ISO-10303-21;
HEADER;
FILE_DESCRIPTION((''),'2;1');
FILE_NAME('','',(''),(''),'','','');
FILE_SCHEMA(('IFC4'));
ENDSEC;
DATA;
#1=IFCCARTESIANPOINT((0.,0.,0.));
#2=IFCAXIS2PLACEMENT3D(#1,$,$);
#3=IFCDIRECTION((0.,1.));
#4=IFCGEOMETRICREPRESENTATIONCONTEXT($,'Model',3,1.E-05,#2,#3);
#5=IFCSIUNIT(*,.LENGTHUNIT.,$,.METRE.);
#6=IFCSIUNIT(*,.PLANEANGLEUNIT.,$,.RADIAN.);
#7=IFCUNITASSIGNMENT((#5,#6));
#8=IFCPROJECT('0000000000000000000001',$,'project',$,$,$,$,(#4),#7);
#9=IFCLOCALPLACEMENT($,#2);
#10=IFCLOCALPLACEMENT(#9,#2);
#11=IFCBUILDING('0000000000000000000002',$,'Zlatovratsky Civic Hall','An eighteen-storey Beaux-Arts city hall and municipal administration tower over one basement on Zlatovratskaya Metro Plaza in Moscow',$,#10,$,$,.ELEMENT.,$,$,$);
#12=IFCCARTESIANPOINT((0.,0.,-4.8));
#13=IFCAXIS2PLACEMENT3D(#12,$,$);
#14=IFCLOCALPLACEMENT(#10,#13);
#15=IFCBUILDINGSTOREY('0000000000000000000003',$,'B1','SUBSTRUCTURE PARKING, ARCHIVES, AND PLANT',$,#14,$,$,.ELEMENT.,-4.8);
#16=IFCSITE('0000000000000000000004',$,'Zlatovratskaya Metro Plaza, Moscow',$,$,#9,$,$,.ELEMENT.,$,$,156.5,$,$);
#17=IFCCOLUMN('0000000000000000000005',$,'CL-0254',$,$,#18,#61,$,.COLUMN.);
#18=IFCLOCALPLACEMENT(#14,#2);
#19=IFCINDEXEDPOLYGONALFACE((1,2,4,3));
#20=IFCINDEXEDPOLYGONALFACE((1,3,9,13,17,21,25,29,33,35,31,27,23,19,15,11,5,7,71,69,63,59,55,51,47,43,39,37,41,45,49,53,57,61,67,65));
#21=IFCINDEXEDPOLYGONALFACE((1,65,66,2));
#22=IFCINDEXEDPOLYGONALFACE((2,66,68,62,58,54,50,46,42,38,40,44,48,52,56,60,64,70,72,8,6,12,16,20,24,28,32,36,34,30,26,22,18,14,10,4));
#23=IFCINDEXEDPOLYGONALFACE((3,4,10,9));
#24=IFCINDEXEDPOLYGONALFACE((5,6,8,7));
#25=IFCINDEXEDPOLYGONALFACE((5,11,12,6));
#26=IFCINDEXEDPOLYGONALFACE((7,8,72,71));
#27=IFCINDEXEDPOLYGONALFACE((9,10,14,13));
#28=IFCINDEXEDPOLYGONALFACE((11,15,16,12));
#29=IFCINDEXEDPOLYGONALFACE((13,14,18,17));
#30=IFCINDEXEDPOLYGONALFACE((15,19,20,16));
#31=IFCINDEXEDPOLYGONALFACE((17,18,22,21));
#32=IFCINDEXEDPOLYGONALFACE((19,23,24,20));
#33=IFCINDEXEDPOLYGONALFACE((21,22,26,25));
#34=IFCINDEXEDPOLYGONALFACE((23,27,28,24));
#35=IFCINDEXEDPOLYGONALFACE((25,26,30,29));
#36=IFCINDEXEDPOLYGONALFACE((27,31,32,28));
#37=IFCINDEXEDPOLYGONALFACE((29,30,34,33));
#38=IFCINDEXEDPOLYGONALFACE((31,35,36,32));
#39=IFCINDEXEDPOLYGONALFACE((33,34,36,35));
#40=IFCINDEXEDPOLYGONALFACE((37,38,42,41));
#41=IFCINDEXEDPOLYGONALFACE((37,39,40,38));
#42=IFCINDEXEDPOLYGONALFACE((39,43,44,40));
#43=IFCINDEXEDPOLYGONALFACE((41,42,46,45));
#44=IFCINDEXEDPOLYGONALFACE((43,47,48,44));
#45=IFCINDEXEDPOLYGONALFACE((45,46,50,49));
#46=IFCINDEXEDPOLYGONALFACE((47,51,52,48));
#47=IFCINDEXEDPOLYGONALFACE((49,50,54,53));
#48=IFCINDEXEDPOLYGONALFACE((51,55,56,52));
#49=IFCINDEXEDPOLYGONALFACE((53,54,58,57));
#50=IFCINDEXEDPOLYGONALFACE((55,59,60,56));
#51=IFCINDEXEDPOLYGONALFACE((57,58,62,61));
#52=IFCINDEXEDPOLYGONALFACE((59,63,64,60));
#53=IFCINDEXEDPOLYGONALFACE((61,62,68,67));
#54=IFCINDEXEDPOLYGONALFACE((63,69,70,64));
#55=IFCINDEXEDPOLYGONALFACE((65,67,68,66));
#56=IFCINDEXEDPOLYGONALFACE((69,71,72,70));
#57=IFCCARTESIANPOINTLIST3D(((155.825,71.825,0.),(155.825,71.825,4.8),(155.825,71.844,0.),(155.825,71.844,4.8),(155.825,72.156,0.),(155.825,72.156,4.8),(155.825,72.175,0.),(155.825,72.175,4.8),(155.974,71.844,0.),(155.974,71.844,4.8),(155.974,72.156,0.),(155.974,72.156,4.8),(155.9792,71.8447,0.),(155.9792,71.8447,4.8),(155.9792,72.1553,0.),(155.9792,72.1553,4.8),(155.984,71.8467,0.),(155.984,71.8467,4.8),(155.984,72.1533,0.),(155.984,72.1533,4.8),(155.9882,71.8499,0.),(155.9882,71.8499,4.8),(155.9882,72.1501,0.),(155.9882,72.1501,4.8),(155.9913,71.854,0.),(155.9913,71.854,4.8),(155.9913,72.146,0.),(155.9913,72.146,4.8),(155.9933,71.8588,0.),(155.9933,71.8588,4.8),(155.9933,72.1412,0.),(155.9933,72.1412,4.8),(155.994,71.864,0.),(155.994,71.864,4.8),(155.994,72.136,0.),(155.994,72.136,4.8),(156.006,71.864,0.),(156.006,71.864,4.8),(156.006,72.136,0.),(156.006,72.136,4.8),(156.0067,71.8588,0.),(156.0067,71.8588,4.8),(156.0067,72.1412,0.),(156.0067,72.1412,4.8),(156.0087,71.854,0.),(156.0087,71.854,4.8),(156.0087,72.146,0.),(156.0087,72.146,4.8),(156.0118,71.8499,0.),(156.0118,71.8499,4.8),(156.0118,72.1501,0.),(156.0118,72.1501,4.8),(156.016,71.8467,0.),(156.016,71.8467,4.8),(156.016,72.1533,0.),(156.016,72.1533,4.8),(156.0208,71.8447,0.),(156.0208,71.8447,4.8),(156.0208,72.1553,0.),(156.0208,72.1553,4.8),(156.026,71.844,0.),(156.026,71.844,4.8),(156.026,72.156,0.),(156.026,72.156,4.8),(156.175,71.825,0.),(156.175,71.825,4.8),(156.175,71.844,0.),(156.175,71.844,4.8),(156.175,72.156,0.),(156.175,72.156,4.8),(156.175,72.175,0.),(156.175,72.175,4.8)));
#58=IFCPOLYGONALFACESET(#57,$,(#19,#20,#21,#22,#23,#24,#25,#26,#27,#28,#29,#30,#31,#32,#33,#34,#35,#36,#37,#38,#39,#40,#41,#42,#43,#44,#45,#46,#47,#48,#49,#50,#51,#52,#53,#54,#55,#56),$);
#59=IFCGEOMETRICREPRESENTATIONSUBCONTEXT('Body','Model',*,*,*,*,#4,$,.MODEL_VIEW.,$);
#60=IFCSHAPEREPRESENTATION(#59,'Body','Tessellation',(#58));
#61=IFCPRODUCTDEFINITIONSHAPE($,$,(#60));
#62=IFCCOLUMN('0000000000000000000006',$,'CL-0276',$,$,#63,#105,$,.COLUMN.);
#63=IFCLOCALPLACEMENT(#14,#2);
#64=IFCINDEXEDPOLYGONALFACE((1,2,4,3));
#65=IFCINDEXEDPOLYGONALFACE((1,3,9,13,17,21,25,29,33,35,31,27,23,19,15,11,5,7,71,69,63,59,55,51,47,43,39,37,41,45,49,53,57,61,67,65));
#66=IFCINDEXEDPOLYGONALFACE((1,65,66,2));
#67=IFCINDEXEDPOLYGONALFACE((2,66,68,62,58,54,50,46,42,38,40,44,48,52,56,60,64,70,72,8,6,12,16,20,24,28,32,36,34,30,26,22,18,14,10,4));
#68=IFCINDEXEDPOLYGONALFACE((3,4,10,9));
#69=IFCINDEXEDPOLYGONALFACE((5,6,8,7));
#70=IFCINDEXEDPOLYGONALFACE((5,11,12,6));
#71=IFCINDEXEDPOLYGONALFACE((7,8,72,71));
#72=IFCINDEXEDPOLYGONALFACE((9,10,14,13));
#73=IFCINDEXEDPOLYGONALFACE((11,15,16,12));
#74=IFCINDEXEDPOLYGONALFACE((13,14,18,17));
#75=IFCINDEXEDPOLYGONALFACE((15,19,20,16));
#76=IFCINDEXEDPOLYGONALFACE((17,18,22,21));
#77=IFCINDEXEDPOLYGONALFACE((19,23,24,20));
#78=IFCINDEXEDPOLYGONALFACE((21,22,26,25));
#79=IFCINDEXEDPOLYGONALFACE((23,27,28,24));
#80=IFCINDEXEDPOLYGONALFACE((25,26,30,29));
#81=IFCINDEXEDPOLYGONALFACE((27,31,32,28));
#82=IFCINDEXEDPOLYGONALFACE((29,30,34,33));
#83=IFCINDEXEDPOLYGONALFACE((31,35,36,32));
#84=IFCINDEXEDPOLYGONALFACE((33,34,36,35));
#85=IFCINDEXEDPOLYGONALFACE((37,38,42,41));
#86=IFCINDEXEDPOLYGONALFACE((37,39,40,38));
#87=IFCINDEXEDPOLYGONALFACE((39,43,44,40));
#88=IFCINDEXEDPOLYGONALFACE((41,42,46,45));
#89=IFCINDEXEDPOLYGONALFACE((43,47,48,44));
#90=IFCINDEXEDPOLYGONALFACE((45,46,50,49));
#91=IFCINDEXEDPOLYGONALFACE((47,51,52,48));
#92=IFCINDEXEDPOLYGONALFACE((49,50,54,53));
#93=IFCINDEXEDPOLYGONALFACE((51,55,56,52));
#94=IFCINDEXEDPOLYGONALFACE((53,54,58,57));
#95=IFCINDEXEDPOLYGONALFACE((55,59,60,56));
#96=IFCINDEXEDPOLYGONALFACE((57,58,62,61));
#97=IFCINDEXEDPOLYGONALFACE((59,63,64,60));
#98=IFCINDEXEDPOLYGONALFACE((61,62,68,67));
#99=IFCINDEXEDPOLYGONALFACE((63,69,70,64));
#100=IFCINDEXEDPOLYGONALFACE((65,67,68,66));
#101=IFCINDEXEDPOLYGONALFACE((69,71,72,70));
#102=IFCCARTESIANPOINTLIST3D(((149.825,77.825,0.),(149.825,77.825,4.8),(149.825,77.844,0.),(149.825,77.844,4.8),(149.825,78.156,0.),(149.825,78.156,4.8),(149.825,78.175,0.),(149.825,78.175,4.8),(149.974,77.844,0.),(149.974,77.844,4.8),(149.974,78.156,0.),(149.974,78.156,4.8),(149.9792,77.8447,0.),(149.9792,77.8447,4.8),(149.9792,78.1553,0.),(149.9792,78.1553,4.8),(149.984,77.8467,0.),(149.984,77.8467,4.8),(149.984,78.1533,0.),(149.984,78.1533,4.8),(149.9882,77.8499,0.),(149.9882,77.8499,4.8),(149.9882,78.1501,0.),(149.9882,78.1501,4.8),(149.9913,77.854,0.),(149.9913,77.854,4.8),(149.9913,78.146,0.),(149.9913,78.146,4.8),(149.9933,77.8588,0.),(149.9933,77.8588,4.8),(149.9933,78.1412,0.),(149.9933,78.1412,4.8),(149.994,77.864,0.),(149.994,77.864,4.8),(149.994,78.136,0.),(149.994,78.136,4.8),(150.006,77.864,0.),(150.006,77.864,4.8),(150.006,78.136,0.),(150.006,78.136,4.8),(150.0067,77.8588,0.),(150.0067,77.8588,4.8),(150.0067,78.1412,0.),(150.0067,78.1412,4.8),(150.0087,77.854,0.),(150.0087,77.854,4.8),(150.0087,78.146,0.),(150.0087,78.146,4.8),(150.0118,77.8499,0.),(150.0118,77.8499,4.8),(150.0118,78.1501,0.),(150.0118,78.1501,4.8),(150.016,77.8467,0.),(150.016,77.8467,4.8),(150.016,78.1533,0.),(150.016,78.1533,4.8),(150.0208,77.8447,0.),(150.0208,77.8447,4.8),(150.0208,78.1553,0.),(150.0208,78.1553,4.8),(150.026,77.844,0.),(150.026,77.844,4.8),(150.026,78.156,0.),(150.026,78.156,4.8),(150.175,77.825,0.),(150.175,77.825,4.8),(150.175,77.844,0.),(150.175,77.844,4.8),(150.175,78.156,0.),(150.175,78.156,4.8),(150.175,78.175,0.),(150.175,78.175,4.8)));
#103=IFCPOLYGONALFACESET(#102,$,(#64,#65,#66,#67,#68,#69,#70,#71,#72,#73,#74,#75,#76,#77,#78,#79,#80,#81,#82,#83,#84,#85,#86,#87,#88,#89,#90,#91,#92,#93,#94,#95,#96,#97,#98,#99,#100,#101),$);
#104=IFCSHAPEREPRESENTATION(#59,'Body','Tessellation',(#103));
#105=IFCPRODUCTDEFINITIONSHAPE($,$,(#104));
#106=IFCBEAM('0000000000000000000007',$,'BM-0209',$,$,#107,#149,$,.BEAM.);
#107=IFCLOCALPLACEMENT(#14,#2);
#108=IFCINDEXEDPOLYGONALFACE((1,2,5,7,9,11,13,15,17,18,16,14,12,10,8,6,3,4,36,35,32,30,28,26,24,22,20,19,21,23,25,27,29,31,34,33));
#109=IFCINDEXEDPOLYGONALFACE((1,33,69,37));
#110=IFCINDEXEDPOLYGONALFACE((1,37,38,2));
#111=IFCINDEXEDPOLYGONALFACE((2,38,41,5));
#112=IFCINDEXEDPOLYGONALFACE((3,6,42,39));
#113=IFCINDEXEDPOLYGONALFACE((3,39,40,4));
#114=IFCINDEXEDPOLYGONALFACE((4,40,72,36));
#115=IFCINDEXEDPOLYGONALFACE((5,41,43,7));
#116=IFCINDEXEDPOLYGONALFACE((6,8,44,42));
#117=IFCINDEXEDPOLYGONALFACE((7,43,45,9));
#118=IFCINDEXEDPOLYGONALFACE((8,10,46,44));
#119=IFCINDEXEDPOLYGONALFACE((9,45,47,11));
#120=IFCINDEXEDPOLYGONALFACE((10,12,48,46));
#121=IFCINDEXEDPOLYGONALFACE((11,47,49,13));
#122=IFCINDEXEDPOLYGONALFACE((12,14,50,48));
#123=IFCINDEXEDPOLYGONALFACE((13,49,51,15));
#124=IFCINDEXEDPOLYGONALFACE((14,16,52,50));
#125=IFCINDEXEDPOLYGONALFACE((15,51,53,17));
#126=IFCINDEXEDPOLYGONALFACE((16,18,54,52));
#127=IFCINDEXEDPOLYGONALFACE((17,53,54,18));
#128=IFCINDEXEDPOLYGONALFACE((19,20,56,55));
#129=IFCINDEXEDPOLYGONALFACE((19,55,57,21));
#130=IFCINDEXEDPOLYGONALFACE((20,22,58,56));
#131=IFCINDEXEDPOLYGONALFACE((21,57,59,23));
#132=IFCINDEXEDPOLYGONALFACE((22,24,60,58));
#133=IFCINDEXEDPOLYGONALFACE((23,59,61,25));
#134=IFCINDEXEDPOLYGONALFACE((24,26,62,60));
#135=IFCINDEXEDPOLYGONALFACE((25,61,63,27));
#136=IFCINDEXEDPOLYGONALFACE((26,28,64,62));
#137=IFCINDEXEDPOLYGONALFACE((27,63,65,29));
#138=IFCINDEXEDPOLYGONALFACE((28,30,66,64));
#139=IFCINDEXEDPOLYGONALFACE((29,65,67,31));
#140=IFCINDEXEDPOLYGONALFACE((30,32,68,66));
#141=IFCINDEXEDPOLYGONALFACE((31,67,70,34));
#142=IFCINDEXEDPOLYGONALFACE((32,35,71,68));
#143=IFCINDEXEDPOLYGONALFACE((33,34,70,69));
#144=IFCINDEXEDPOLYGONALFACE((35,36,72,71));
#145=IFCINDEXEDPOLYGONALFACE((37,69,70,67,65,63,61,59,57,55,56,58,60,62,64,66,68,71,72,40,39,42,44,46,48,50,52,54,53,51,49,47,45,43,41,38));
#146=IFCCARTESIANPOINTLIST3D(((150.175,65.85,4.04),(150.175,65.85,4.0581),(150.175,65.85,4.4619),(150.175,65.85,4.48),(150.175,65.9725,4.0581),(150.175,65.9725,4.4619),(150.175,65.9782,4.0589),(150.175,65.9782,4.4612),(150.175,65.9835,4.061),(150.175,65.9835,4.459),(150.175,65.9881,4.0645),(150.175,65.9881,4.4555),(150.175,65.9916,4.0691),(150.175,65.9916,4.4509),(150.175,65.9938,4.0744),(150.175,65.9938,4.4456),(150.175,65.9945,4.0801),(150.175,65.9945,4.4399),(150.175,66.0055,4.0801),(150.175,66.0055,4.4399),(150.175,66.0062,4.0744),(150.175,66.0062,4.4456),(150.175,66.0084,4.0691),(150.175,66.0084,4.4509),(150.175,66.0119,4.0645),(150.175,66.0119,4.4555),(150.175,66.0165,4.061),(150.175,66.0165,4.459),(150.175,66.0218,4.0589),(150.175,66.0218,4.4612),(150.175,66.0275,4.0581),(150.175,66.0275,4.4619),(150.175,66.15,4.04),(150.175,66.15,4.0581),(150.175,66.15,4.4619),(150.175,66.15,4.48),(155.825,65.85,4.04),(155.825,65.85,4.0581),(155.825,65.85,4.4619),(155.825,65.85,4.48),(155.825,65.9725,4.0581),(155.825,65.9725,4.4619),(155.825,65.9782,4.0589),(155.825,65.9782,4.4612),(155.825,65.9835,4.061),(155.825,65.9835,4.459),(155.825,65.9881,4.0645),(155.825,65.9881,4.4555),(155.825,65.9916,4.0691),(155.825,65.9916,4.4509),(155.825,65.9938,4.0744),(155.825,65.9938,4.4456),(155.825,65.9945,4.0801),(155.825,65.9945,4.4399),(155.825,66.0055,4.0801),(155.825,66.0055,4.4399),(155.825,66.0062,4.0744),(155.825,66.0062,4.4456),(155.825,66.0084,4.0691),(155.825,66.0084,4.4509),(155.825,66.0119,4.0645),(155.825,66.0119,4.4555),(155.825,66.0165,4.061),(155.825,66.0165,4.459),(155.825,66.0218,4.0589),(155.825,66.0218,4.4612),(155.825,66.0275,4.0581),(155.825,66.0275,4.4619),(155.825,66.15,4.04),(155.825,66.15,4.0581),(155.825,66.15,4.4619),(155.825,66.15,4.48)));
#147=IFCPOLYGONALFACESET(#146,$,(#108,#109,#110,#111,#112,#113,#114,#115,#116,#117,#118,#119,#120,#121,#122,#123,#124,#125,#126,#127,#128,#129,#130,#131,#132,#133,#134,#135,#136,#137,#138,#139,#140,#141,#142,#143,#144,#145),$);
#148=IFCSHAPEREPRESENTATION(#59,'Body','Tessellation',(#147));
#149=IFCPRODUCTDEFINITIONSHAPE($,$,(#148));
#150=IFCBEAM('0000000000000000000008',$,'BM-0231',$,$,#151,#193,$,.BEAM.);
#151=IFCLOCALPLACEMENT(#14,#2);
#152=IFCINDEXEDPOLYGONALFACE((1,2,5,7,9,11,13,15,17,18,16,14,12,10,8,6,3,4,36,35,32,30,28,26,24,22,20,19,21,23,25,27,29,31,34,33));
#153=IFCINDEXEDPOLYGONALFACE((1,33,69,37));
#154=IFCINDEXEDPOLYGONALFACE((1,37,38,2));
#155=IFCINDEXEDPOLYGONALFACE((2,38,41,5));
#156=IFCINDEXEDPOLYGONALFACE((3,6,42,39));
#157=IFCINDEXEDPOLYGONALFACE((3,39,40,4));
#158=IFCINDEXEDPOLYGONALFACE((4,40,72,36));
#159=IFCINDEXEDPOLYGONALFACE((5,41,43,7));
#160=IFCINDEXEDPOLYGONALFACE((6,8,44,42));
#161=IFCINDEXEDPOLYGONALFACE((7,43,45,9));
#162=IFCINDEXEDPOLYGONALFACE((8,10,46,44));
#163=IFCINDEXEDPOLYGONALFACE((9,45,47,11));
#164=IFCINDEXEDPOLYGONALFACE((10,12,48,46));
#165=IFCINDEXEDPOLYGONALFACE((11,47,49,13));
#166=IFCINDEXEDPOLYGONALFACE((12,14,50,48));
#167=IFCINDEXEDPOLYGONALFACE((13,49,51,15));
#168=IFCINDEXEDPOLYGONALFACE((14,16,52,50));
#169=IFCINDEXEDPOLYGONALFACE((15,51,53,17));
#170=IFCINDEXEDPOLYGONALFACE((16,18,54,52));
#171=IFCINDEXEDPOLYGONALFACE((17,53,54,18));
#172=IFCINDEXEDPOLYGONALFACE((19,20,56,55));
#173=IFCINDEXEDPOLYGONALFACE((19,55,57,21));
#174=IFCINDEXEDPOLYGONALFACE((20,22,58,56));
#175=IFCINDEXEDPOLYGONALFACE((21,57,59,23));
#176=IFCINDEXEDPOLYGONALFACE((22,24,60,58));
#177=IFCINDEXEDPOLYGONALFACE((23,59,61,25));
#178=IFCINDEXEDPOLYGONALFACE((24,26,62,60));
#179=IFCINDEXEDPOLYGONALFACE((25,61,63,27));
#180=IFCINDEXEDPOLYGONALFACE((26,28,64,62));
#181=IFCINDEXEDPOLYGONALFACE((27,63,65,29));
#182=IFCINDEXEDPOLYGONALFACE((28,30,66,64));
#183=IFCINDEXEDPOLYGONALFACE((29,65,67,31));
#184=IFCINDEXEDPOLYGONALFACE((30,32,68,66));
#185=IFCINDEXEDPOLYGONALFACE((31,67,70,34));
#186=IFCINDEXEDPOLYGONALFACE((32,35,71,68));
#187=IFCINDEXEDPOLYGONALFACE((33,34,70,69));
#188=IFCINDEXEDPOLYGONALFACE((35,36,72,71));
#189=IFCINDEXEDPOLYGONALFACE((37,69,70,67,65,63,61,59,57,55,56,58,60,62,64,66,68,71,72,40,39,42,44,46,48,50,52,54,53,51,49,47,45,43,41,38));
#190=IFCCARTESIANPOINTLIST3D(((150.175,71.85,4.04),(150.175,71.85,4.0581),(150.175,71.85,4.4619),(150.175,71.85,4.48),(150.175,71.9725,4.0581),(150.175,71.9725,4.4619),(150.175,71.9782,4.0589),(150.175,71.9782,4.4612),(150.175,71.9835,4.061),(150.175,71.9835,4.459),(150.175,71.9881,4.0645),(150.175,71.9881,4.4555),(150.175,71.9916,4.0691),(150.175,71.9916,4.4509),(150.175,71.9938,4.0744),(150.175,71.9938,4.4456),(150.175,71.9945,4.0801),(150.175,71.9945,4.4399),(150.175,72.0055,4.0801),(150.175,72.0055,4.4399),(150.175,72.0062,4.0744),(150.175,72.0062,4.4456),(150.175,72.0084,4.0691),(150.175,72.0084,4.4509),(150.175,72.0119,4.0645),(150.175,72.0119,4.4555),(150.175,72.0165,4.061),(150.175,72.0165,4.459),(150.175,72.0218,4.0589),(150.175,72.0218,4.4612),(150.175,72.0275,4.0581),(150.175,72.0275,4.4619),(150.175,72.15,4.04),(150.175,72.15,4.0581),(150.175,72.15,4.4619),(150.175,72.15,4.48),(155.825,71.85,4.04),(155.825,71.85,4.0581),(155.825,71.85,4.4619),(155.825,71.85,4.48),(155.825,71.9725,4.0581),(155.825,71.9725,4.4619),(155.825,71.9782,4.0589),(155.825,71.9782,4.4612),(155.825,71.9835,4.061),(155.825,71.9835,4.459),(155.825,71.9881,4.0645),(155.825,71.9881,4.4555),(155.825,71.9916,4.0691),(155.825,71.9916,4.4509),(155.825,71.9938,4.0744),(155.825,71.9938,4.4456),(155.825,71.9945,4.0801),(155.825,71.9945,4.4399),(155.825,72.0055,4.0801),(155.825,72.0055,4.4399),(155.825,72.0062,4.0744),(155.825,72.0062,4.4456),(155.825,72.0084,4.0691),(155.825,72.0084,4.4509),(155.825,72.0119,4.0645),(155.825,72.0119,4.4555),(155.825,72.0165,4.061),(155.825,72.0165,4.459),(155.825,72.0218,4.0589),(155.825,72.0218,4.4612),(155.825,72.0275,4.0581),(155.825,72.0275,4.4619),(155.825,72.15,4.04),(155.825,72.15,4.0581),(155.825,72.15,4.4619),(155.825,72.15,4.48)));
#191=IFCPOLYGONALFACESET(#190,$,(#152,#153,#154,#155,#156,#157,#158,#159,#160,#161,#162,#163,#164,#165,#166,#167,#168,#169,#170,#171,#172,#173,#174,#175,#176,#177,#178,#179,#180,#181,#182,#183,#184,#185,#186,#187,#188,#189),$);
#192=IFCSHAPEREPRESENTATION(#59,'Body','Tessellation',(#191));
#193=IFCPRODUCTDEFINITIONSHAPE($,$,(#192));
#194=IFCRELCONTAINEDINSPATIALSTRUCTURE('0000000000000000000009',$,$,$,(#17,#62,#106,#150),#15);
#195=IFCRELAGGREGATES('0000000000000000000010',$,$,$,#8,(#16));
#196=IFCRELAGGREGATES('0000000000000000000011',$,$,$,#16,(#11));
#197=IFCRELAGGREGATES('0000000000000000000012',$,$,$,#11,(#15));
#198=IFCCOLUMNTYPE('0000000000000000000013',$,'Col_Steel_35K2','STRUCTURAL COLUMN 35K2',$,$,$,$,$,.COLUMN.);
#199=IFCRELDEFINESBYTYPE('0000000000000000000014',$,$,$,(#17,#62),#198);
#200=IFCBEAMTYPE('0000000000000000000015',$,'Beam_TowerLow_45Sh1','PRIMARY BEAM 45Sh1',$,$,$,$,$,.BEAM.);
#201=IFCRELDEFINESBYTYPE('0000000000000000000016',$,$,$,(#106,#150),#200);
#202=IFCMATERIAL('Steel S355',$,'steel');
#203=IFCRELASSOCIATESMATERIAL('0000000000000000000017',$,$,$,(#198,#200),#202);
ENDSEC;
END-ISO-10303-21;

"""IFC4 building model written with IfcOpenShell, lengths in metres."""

from ifc_helpers import new_model, si_unit, direction, frame, origin, origin_2d, place, context, subcontext, project, spatial, i_section, extrude, material, material_profile, profile_set, type_object, element, save


model = new_model("IFC4")

# Units and contexts
model_context = context("Model", 3, precision=1e-05, world=origin(), true_north=direction((0.0, 1.0)))
body_context = subcontext(model_context, "Body", "Model", "MODEL_VIEW")
ifc_project = project(units=[si_unit("LENGTHUNIT", "METRE"), si_unit("PLANEANGLEUNIT", "RADIAN")], contexts=[model_context])

# Site, building, storey
site_placement = place(None, origin())
site = spatial("IfcSite", under=ifc_project, at=site_placement, Name="Zlatovratskaya Metro Plaza, Moscow", CompositionType="ELEMENT", RefElevation=156.5)
building_placement = place(site_placement, origin())
building = spatial("IfcBuilding", under=site, at=building_placement, Name="Zlatovratsky Civic Hall", Description="An eighteen-storey Beaux-Arts city hall and municipal administration tower over one basement on Zlatovratskaya Metro Plaza in Moscow", CompositionType="ELEMENT")
storey_placement = place(building_placement, frame((0.0, 0.0, -4.8)))
storey = spatial("IfcBuildingStorey", under=building, at=storey_placement, Name="B1", Description="SUBSTRUCTURE PARKING, ARCHIVES, AND PLANT", CompositionType="ELEMENT", Elevation=-4.8)

# Columns
ifc_material_1 = material(Name="Steel S355", Category="steel")
ifc_material_profile_1 = material_profile(ifc_material_1, i_section(OverallWidth=0.3501, OverallDepth=0.3501, WebThickness=0.012, FlangeThickness=0.019, FilletRadius=0.02, at=origin_2d()), Name="35K2")
ifc_profile_set_1 = profile_set([ifc_material_profile_1], Name="Steel S355")
column_type = type_object("IfcColumnType", Name="Col_Steel_35K2", Description="STRUCTURAL COLUMN 35K2", PredefinedType="COLUMN", material=ifc_profile_set_1)
for number, where, z_axis, x_axis, name in (
    (1, (156.0, 72.0, 0.0), (0.0, 0.0, 1.0), (1.0, 0.0, 0.0), "CL-0254"),
    (2, (150.0, 78.0, 0.0), (0.0, 0.0, 1.0), (1.0, 0.0, 0.0), "CL-0276"),
):
    element("IfcColumn", number, at=place(storey_placement, frame(where, z_axis=z_axis, x_axis=x_axis)), inside=storey, type_object=column_type, Name=name, PredefinedType="COLUMN", context=body_context, shape_type="SweptSolid", body=[
        extrude(i_section(OverallWidth=0.3501, OverallDepth=0.3501, WebThickness=0.012, FlangeThickness=0.019, FilletRadius=0.02, at=origin_2d()), origin(), (0.0, 0.0, 1.0), 4.8),
    ])

# Beams
ifc_material_profile_2 = material_profile(ifc_material_1, i_section(OverallWidth=0.3, OverallDepth=0.4399, WebThickness=0.011, FlangeThickness=0.0181, FilletRadius=0.022, at=origin_2d()), Name="45Sh1")
ifc_profile_set_2 = profile_set([ifc_material_profile_2], Name="Steel S355")
beam_type = type_object("IfcBeamType", Name="Beam_TowerLow_45Sh1", Description="PRIMARY BEAM 45Sh1", PredefinedType="BEAM", material=ifc_profile_set_2)
for number, where, z_axis, x_axis, name in (
    (3, (150.175, 66.0, 4.26), (1.0, 0.0, 0.0), (0.0, 1.0, 0.0), "BM-0209"),
    (4, (150.175, 72.0, 4.26), (1.0, 0.0, 0.0), (0.0, 1.0, 0.0), "BM-0231"),
):
    element("IfcBeam", number, at=place(storey_placement, frame(where, z_axis=z_axis, x_axis=x_axis)), inside=storey, type_object=beam_type, Name=name, PredefinedType="BEAM", context=body_context, shape_type="SweptSolid", body=[
        extrude(i_section(OverallWidth=0.3, OverallDepth=0.4399, WebThickness=0.011, FlangeThickness=0.0181, FilletRadius=0.022, at=origin_2d()), origin(), (0.0, 0.0, 1.0), 5.6499),
    ])

save(model, "model.ifc")
